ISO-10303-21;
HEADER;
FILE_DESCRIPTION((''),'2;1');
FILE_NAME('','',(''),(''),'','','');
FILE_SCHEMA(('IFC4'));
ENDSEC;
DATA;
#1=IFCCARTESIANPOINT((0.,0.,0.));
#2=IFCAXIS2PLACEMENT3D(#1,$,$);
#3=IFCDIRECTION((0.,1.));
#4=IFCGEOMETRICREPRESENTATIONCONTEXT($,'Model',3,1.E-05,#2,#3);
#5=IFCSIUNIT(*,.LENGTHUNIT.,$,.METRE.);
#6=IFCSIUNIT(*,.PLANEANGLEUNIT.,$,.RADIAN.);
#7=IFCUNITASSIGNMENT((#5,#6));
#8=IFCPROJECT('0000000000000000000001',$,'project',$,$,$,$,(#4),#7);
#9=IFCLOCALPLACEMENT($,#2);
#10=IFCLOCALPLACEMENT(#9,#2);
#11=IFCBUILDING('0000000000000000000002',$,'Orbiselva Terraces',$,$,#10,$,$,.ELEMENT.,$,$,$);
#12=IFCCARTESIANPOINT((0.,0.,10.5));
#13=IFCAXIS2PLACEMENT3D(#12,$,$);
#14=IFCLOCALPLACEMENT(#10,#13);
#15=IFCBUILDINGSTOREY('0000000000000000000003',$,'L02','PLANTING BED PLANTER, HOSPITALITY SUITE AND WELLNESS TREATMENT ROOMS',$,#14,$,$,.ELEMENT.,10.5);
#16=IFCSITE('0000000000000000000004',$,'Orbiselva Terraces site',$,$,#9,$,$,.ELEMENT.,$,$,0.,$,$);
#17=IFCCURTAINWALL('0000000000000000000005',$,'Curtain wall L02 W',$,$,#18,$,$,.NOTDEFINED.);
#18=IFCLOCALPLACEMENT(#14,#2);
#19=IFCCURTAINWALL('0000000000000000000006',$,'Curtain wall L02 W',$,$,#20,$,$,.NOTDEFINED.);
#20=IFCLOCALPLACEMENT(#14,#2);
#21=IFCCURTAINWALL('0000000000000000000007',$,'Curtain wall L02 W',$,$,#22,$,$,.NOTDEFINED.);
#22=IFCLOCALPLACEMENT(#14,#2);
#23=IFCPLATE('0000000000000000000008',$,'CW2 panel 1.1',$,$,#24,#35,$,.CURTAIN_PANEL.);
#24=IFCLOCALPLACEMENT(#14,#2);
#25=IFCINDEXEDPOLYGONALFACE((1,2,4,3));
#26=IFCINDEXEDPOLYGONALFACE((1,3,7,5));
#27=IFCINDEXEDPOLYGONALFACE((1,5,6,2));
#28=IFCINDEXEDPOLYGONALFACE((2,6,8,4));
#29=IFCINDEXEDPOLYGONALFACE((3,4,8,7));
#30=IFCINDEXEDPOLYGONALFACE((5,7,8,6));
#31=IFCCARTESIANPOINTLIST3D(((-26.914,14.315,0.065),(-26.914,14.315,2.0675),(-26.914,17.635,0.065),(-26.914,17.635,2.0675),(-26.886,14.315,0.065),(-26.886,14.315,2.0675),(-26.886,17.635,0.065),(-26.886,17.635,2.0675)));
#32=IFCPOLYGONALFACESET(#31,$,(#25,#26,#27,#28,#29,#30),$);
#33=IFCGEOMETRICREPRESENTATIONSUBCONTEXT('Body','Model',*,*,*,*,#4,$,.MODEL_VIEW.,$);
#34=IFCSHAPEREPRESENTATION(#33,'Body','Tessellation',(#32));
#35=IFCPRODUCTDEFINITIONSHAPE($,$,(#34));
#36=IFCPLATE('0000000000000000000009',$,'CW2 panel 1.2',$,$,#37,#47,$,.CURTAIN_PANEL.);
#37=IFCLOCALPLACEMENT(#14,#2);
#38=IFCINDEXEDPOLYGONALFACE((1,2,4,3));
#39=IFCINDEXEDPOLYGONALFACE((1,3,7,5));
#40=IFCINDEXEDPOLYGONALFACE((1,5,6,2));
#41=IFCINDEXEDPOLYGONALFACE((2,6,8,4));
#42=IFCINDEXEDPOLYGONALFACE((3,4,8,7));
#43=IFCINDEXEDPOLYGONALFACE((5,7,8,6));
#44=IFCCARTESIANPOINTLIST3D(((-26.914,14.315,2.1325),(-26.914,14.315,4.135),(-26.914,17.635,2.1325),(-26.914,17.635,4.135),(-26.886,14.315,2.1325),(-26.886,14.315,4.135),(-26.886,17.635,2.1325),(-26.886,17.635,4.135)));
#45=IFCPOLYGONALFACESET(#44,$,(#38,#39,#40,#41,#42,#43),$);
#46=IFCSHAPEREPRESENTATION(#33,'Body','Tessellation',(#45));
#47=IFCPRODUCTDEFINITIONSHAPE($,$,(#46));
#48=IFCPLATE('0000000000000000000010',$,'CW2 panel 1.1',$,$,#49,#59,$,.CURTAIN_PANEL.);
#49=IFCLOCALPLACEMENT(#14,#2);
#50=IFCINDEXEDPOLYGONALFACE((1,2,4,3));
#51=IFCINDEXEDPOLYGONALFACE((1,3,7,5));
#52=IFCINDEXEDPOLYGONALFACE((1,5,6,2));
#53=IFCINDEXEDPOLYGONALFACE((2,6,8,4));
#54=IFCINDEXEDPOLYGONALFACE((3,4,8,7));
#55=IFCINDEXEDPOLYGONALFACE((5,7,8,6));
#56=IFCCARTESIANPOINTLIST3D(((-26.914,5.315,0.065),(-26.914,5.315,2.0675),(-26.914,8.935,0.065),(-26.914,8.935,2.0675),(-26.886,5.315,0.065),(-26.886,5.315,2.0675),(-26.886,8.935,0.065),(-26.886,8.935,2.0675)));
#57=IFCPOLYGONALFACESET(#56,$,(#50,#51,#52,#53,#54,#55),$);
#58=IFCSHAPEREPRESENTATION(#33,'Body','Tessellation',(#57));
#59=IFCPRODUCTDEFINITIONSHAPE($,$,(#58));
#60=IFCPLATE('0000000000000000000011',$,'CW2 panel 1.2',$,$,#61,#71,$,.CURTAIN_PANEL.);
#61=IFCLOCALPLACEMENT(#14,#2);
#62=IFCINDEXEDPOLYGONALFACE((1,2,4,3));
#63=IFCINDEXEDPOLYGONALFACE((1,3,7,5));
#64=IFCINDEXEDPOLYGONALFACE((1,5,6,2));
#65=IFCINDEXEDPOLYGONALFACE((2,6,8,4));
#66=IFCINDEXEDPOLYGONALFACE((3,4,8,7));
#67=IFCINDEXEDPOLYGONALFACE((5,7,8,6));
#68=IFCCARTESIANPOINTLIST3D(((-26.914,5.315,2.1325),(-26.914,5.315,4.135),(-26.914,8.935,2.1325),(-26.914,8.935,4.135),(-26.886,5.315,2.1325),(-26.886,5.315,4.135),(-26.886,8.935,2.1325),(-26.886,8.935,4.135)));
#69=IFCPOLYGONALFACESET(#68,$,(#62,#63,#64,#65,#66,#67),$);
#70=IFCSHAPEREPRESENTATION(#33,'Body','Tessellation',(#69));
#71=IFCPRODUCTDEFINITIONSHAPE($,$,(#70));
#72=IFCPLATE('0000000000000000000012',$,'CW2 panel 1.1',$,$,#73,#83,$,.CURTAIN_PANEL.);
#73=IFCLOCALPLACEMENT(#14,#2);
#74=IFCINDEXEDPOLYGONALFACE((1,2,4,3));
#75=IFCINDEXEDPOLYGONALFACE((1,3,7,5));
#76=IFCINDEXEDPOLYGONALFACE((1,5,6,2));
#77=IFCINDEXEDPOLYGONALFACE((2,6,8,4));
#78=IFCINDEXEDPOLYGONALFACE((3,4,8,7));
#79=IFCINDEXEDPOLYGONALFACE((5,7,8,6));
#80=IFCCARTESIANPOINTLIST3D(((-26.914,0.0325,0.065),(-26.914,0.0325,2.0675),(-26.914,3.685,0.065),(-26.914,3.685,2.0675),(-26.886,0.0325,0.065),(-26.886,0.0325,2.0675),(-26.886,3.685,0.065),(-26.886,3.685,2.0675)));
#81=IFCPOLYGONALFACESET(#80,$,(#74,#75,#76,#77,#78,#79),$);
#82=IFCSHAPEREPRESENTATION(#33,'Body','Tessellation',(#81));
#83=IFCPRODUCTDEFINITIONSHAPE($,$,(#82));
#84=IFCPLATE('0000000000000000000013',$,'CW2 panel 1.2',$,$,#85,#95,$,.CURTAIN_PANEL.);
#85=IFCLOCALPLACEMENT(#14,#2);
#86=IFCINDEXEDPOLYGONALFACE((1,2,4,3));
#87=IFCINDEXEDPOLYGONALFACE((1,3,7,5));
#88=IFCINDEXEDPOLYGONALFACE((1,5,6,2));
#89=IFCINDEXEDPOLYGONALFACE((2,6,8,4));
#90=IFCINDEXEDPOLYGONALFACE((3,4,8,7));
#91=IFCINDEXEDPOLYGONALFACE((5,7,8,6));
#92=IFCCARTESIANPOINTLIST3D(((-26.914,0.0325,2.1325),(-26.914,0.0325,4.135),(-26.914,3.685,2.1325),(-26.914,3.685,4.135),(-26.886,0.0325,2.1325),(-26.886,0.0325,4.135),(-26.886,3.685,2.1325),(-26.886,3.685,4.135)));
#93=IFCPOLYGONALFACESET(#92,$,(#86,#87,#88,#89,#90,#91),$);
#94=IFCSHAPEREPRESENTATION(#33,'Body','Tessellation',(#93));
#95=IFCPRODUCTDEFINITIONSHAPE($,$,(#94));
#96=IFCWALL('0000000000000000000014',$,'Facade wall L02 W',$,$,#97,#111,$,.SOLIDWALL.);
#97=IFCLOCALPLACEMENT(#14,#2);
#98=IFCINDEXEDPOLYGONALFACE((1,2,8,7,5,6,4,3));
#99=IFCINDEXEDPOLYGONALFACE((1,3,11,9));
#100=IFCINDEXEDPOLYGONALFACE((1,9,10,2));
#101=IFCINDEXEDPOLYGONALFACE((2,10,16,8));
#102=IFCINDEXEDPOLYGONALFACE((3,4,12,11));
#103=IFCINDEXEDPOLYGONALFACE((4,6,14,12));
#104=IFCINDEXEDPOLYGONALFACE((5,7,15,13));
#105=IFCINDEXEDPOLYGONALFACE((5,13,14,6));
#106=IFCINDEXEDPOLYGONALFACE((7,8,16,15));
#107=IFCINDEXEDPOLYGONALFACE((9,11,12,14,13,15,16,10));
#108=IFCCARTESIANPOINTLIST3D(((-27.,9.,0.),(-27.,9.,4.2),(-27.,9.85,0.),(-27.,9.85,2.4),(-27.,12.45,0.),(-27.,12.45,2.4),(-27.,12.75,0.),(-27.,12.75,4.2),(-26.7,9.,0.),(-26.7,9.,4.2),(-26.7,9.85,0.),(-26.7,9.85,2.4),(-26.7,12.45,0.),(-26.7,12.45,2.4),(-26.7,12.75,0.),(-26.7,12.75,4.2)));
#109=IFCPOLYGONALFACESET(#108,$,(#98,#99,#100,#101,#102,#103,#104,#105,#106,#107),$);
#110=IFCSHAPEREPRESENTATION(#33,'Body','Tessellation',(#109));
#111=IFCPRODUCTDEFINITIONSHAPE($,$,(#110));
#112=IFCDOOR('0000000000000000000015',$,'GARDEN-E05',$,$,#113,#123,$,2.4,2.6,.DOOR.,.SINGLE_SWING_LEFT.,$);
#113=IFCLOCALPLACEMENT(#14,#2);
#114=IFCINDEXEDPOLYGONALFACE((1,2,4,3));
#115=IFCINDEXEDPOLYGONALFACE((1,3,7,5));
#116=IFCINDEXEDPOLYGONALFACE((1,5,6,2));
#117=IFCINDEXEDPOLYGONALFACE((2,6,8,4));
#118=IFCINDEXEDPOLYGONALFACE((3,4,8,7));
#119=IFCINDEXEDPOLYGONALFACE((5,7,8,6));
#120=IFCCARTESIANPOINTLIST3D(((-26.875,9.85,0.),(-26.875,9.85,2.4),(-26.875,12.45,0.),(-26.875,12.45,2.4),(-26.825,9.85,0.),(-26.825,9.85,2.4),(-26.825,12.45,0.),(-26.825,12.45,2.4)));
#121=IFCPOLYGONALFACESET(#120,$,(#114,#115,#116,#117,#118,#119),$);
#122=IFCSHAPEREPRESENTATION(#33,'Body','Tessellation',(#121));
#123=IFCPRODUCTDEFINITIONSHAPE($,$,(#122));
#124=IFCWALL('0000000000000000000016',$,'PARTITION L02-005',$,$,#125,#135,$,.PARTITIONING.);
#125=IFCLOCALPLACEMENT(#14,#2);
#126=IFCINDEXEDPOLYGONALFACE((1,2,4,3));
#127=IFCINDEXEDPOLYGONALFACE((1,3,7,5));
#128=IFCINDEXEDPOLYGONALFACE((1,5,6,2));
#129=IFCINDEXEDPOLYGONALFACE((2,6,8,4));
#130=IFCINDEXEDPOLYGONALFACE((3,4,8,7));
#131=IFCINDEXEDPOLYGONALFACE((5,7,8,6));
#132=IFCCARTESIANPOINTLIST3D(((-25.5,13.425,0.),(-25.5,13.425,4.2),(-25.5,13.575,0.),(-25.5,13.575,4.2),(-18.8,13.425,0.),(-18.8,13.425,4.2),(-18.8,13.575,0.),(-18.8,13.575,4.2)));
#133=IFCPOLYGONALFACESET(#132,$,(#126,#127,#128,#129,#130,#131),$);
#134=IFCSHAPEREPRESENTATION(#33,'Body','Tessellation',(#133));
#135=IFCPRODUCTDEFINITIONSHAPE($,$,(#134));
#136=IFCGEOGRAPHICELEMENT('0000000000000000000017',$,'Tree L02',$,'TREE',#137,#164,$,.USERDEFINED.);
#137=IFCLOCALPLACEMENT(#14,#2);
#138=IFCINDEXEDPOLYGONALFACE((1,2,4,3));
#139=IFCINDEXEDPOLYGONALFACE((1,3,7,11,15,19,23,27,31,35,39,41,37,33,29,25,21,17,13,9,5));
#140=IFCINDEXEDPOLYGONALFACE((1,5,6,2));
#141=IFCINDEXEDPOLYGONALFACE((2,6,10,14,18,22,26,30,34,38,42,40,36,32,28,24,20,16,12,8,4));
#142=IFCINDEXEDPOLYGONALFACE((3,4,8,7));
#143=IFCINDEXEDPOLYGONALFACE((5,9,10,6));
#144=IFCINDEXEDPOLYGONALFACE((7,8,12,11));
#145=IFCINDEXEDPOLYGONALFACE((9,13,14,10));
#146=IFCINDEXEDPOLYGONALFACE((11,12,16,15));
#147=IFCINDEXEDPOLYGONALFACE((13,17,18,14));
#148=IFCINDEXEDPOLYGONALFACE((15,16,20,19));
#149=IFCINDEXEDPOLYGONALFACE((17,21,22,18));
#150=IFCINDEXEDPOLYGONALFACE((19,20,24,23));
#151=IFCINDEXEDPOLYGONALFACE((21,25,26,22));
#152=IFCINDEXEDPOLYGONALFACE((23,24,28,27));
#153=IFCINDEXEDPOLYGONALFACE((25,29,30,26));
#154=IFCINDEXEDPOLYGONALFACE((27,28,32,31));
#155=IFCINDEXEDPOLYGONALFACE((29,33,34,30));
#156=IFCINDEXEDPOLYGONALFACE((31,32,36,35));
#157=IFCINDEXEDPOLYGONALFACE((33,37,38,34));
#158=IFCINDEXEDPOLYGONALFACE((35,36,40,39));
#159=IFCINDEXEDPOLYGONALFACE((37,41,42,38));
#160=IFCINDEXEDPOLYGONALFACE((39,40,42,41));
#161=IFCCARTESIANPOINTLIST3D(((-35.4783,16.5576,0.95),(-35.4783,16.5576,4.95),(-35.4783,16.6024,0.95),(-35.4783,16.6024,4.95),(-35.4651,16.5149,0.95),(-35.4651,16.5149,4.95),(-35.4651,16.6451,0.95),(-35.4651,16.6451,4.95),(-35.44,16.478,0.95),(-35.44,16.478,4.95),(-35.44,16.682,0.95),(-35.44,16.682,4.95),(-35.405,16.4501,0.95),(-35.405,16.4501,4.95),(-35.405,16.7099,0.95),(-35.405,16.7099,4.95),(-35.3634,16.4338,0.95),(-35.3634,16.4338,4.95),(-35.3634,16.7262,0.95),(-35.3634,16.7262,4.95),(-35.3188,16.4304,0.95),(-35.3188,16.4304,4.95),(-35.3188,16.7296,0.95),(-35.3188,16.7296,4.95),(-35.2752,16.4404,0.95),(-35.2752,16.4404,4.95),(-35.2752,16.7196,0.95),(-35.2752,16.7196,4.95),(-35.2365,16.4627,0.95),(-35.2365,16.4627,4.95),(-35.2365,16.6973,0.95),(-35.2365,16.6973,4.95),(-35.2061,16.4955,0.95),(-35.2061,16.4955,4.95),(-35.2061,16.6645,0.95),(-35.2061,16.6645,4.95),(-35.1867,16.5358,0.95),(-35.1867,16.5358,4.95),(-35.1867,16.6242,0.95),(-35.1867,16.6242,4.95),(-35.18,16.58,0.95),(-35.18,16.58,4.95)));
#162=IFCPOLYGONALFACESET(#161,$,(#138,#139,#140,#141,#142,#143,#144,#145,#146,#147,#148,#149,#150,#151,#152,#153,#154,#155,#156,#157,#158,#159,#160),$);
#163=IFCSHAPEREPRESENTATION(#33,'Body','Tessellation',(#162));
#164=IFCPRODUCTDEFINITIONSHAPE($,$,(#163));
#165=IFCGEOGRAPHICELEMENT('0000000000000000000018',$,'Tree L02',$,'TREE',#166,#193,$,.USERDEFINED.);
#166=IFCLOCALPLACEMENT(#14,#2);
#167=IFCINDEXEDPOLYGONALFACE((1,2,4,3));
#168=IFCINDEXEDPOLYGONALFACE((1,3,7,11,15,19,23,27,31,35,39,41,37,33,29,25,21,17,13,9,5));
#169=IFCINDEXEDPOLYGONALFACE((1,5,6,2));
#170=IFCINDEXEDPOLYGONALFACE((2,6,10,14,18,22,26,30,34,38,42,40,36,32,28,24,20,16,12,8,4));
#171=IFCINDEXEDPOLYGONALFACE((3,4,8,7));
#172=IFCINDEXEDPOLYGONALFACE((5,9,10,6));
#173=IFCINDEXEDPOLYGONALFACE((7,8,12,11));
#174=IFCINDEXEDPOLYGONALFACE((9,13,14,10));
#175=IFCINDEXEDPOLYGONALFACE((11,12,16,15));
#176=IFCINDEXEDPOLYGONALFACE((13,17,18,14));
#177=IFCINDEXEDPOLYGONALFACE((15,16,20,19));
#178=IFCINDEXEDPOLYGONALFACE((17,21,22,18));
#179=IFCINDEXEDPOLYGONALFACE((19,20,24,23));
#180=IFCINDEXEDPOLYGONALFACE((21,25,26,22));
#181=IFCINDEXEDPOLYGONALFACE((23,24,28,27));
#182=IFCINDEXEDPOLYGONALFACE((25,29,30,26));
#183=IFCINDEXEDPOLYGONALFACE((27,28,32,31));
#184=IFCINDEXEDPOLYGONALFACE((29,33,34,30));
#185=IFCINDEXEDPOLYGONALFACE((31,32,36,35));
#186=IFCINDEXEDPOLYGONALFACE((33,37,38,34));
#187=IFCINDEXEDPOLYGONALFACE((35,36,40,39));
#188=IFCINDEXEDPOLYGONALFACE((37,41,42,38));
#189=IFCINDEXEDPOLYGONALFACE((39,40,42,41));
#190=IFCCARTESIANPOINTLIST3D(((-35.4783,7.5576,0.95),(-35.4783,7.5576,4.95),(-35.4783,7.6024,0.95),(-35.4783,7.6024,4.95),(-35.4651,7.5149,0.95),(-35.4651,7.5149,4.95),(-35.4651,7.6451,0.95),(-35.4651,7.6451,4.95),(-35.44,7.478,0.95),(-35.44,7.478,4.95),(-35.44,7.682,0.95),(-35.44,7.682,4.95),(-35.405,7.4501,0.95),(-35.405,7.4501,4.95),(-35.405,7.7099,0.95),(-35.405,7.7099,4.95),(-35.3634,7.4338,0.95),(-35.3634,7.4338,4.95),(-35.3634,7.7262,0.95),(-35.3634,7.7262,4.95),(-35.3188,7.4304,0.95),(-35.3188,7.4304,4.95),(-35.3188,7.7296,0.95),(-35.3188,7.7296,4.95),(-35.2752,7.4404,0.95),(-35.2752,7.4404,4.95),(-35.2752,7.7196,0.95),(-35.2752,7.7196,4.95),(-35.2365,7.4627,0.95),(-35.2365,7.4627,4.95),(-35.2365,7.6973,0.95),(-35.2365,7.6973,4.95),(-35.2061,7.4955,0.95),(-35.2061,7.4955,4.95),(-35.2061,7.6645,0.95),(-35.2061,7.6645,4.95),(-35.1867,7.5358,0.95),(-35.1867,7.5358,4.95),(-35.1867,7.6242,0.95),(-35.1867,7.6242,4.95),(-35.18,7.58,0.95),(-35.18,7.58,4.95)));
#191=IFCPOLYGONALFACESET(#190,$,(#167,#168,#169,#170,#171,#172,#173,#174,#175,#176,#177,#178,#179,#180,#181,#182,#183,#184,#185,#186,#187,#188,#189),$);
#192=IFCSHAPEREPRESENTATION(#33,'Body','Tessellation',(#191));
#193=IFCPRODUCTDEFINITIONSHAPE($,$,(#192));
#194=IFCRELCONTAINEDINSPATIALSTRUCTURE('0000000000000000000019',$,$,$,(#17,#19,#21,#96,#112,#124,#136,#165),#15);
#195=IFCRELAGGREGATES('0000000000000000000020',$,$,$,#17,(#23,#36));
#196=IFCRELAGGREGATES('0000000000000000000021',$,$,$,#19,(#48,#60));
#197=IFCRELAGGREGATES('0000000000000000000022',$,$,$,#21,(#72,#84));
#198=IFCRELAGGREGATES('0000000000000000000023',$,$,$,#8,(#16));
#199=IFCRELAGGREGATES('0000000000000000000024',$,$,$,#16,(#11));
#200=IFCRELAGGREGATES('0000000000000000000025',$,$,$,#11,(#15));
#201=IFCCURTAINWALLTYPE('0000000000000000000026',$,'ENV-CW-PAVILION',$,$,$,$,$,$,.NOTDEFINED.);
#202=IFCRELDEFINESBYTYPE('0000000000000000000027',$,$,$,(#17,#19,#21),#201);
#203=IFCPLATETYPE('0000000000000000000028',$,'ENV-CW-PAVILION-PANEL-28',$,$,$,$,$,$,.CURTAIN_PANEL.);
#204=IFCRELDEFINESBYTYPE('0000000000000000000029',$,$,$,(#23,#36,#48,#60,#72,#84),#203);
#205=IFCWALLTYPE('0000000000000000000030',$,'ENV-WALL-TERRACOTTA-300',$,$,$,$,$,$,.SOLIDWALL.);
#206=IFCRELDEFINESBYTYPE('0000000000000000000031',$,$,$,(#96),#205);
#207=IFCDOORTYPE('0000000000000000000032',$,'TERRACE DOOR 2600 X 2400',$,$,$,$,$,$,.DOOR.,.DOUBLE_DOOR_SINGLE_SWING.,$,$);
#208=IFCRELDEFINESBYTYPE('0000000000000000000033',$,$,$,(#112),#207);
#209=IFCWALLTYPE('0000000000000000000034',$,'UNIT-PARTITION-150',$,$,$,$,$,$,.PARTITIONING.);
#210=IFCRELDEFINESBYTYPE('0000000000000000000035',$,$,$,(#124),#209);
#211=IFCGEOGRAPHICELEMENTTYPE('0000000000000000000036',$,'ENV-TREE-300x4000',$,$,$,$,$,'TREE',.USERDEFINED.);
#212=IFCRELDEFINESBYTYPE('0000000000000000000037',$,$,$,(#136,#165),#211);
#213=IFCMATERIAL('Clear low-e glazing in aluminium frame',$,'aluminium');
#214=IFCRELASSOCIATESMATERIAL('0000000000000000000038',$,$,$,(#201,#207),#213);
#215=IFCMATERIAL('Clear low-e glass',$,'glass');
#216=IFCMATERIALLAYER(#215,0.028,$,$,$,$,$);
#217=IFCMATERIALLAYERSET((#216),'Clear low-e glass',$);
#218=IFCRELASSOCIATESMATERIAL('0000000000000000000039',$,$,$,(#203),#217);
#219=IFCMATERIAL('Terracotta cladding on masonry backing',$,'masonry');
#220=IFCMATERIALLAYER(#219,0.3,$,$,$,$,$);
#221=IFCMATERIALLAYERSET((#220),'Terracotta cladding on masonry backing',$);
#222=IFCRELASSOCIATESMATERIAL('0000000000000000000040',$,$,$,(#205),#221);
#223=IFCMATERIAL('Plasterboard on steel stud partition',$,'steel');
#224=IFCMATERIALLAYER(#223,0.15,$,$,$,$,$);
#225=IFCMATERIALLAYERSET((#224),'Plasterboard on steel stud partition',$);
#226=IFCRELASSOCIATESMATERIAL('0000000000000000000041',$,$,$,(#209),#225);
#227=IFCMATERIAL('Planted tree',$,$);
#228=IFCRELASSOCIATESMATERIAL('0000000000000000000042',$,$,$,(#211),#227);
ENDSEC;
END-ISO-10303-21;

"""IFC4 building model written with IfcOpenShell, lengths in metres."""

from ifc_helpers import new_model, si_unit, direction, frame, frame_2d, origin, origin_2d, place, context, subcontext, project, spatial, rectangle, circle, extrude, material, layer, layer_set, type_object, element, fill, aggregate, save


model = new_model("IFC4")

# Units and contexts
model_context = context("Model", 3, precision=1e-05, world=origin(), true_north=direction((0.0, 1.0)))
body_context = subcontext(model_context, "Body", "Model", "MODEL_VIEW")
ifc_project = project(units=[si_unit("LENGTHUNIT", "METRE"), si_unit("PLANEANGLEUNIT", "RADIAN")], contexts=[model_context])

# Site, building, storey
site_placement = place(None, origin())
site = spatial("IfcSite", under=ifc_project, at=site_placement, Name="Orbiselva Terraces site", CompositionType="ELEMENT", RefElevation=0.0)
building_placement = place(site_placement, origin())
building = spatial("IfcBuilding", under=site, at=building_placement, Name="Orbiselva Terraces", CompositionType="ELEMENT")
storey_placement = place(building_placement, frame((0.0, 0.0, 10.5)))
storey = spatial("IfcBuildingStorey", under=building, at=storey_placement, Name="L02", Description="PLANTING BED PLANTER, HOSPITALITY SUITE AND WELLNESS TREATMENT ROOMS", CompositionType="ELEMENT", Elevation=10.5)

# Curtain wall
ifc_material_1 = material(Name="Clear low-e glazing in aluminium frame", Category="aluminium")
curtain_wall_type = type_object("IfcCurtainWallType", Name="ENV-CW-PAVILION", PredefinedType="NOTDEFINED", material=ifc_material_1)
curtain_wall_1_placement = place(storey_placement, origin())
curtain_wall_1 = element("IfcCurtainWall", 1, at=curtain_wall_1_placement, inside=storey, type_object=curtain_wall_type, Name="Curtain wall L02 W", PredefinedType="NOTDEFINED")

# Curtain wall
curtain_wall_2_placement = place(storey_placement, origin())
curtain_wall_2 = element("IfcCurtainWall", 2, at=curtain_wall_2_placement, inside=storey, type_object=curtain_wall_type, Name="Curtain wall L02 W", PredefinedType="NOTDEFINED")

# Curtain wall
curtain_wall_3_placement = place(storey_placement, origin())
curtain_wall_3 = element("IfcCurtainWall", 3, at=curtain_wall_3_placement, inside=storey, type_object=curtain_wall_type, Name="Curtain wall L02 W", PredefinedType="NOTDEFINED")

# Plates
ifc_material_2 = material(Name="Clear low-e glass", Category="glass")
ifc_layer_1 = layer(ifc_material_2, 0.028)
ifc_layer_set_1 = layer_set([ifc_layer_1], Name="Clear low-e glass")
plate_type = type_object("IfcPlateType", Name="ENV-CW-PAVILION-PANEL-28", PredefinedType="CURTAIN_PANEL", material=ifc_layer_set_1)
plate_1_placement = place(storey_placement, frame((-26.9, 15.975, 0.065), z_axis=(0.0, 0.0, 1.0), x_axis=(0.0, -1.0, 0.0)))
plate_1 = element("IfcPlate", 4, at=plate_1_placement, type_object=plate_type, Name="CW2 panel 1.1", PredefinedType="CURTAIN_PANEL", context=body_context, shape_type="SweptSolid", body=[
    extrude(rectangle(XDim=3.32, YDim=0.028, at=origin_2d()), origin(), (0.0, 0.0, 1.0), 2.0025),
])
plate_2_placement = place(storey_placement, frame((-26.9, 15.975, 2.1325), z_axis=(0.0, 0.0, 1.0), x_axis=(0.0, -1.0, 0.0)))
plate_2 = element("IfcPlate", 5, at=plate_2_placement, type_object=plate_type, Name="CW2 panel 1.2", PredefinedType="CURTAIN_PANEL", context=body_context, shape_type="SweptSolid", body=[
    extrude(rectangle(XDim=3.32, YDim=0.028, at=origin_2d()), origin(), (0.0, 0.0, 1.0), 2.0025),
])
aggregate(curtain_wall_1, [plate_1, plate_2])
plate_3_placement = place(storey_placement, frame((-26.9, 7.125, 0.065), z_axis=(0.0, 0.0, 1.0), x_axis=(0.0, -1.0, 0.0)))
plate_3 = element("IfcPlate", 6, at=plate_3_placement, type_object=plate_type, Name="CW2 panel 1.1", PredefinedType="CURTAIN_PANEL", context=body_context, shape_type="SweptSolid", body=[
    extrude(rectangle(XDim=3.62, YDim=0.028, at=origin_2d()), origin(), (0.0, 0.0, 1.0), 2.0025),
])
plate_4_placement = place(storey_placement, frame((-26.9, 7.125, 2.1325), z_axis=(0.0, 0.0, 1.0), x_axis=(0.0, -1.0, 0.0)))
plate_4 = element("IfcPlate", 7, at=plate_4_placement, type_object=plate_type, Name="CW2 panel 1.2", PredefinedType="CURTAIN_PANEL", context=body_context, shape_type="SweptSolid", body=[
    extrude(rectangle(XDim=3.62, YDim=0.028, at=origin_2d()), origin(), (0.0, 0.0, 1.0), 2.0025),
])
aggregate(curtain_wall_2, [plate_3, plate_4])
plate_5_placement = place(storey_placement, frame((-26.9, 1.8587, 0.065), z_axis=(0.0, 0.0, 1.0), x_axis=(0.0, -1.0, 0.0)))
plate_5 = element("IfcPlate", 8, at=plate_5_placement, type_object=plate_type, Name="CW2 panel 1.1", PredefinedType="CURTAIN_PANEL", context=body_context, shape_type="SweptSolid", body=[
    extrude(rectangle(XDim=3.6525, YDim=0.028, at=origin_2d()), origin(), (0.0, 0.0, 1.0), 2.0025),
])
plate_6_placement = place(storey_placement, frame((-26.9, 1.8587, 2.1325), z_axis=(0.0, 0.0, 1.0), x_axis=(0.0, -1.0, 0.0)))
plate_6 = element("IfcPlate", 9, at=plate_6_placement, type_object=plate_type, Name="CW2 panel 1.2", PredefinedType="CURTAIN_PANEL", context=body_context, shape_type="SweptSolid", body=[
    extrude(rectangle(XDim=3.6525, YDim=0.028, at=origin_2d()), origin(), (0.0, 0.0, 1.0), 2.0025),
])
aggregate(curtain_wall_3, [plate_5, plate_6])

# Wall, opening, door
ifc_material_3 = material(Name="Terracotta cladding on masonry backing", Category="masonry")
ifc_layer_2 = layer(ifc_material_3, 0.3)
ifc_layer_set_2 = layer_set([ifc_layer_2], Name="Terracotta cladding on masonry backing")
wall_type_1 = type_object("IfcWallType", Name="ENV-WALL-TERRACOTTA-300", PredefinedType="SOLIDWALL", material=ifc_layer_set_2)
wall_1_placement = place(storey_placement, frame((-26.85, 9.0, 0.0), z_axis=(0.0, 0.0, 1.0), x_axis=(0.0, 1.0, 0.0)))
wall_1 = element("IfcWall", 10, at=wall_1_placement, inside=storey, type_object=wall_type_1, Name="Facade wall L02 W", PredefinedType="SOLIDWALL", context=body_context, shape_type="SweptSolid", body=[
    extrude(rectangle(XDim=3.75, YDim=0.3, at=frame_2d((1.875, 0.0))), origin(), (0.0, 0.0, 1.0), 4.2),
])
opening_placement = place(wall_1_placement, frame((0.85, 0.0, 0.0)))
opening = element("IfcOpeningElement", 11, at=opening_placement, cuts=wall_1, PredefinedType="OPENING", context=body_context, shape_type="SweptSolid", body=[
    extrude(rectangle(XDim=2.6, YDim=2.4, at=frame_2d((1.3, 1.2))), frame((0.0, 0.16, 0.0), z_axis=(0.0, -1.0, 0.0), x_axis=(1.0, 0.0, 0.0)), (0.0, 0.0, 1.0), 0.32),
])
door_type = type_object("IfcDoorType", Name="TERRACE DOOR 2600 X 2400", OperationType="DOUBLE_DOOR_SINGLE_SWING", PredefinedType="DOOR", material=ifc_material_1)
door_placement = place(opening_placement, origin())
door = element("IfcDoor", 12, at=door_placement, inside=storey, type_object=door_type, Name="GARDEN-E05", OperationType="SINGLE_SWING_LEFT", OverallHeight=2.4, OverallWidth=2.6, PredefinedType="DOOR", context=body_context, shape_type="SweptSolid", body=[
    extrude(rectangle(XDim=2.6, YDim=2.4, at=frame_2d((1.3, 1.2))), frame((0.0, 0.025, 0.0), z_axis=(0.0, -1.0, 0.0), x_axis=(1.0, 0.0, 0.0)), (0.0, 0.0, 1.0), 0.05),
])
fill(opening, door)

# Wall
ifc_material_4 = material(Name="Plasterboard on steel stud partition", Category="steel")
ifc_layer_3 = layer(ifc_material_4, 0.15)
ifc_layer_set_3 = layer_set([ifc_layer_3], Name="Plasterboard on steel stud partition")
wall_type_2 = type_object("IfcWallType", Name="UNIT-PARTITION-150", PredefinedType="PARTITIONING", material=ifc_layer_set_3)
wall_2_placement = place(storey_placement, frame((-25.5, 13.5, 0.0), z_axis=(0.0, 0.0, 1.0), x_axis=(1.0, 0.0, 0.0)))
element("IfcWall", 13, at=wall_2_placement, inside=storey, type_object=wall_type_2, Name="PARTITION L02-005", PredefinedType="PARTITIONING", context=body_context, shape_type="SweptSolid", body=[
    extrude(rectangle(XDim=6.7, YDim=0.15, at=frame_2d((3.35, 0.0))), origin(), (0.0, 0.0, 1.0), 4.2),
])

# Geographic elements
ifc_material_5 = material(Name="Planted tree")
geographic_element_type = type_object("IfcGeographicElementType", Name="ENV-TREE-300x4000", ElementType="TREE", PredefinedType="USERDEFINED", material=ifc_material_5)
for number, where, z_axis, x_axis, name in (
    (14, (-35.33, 16.58, 4.95), (0.0, 0.0, -1.0), (1.0, 0.0, 0.0), "Tree L02"),
    (15, (-35.33, 7.58, 4.95), (0.0, 0.0, -1.0), (1.0, 0.0, 0.0), "Tree L02"),
):
    element("IfcGeographicElement", number, at=place(storey_placement, frame(where, z_axis=z_axis, x_axis=x_axis)), inside=storey, type_object=geographic_element_type, Name=name, ObjectType="TREE", PredefinedType="USERDEFINED", context=body_context, shape_type="SweptSolid", body=[
        extrude(circle(Radius=0.15, at=origin_2d()), origin(), (0.0, 0.0, 1.0), 4.0),
    ])

save(model, "model.ifc")
